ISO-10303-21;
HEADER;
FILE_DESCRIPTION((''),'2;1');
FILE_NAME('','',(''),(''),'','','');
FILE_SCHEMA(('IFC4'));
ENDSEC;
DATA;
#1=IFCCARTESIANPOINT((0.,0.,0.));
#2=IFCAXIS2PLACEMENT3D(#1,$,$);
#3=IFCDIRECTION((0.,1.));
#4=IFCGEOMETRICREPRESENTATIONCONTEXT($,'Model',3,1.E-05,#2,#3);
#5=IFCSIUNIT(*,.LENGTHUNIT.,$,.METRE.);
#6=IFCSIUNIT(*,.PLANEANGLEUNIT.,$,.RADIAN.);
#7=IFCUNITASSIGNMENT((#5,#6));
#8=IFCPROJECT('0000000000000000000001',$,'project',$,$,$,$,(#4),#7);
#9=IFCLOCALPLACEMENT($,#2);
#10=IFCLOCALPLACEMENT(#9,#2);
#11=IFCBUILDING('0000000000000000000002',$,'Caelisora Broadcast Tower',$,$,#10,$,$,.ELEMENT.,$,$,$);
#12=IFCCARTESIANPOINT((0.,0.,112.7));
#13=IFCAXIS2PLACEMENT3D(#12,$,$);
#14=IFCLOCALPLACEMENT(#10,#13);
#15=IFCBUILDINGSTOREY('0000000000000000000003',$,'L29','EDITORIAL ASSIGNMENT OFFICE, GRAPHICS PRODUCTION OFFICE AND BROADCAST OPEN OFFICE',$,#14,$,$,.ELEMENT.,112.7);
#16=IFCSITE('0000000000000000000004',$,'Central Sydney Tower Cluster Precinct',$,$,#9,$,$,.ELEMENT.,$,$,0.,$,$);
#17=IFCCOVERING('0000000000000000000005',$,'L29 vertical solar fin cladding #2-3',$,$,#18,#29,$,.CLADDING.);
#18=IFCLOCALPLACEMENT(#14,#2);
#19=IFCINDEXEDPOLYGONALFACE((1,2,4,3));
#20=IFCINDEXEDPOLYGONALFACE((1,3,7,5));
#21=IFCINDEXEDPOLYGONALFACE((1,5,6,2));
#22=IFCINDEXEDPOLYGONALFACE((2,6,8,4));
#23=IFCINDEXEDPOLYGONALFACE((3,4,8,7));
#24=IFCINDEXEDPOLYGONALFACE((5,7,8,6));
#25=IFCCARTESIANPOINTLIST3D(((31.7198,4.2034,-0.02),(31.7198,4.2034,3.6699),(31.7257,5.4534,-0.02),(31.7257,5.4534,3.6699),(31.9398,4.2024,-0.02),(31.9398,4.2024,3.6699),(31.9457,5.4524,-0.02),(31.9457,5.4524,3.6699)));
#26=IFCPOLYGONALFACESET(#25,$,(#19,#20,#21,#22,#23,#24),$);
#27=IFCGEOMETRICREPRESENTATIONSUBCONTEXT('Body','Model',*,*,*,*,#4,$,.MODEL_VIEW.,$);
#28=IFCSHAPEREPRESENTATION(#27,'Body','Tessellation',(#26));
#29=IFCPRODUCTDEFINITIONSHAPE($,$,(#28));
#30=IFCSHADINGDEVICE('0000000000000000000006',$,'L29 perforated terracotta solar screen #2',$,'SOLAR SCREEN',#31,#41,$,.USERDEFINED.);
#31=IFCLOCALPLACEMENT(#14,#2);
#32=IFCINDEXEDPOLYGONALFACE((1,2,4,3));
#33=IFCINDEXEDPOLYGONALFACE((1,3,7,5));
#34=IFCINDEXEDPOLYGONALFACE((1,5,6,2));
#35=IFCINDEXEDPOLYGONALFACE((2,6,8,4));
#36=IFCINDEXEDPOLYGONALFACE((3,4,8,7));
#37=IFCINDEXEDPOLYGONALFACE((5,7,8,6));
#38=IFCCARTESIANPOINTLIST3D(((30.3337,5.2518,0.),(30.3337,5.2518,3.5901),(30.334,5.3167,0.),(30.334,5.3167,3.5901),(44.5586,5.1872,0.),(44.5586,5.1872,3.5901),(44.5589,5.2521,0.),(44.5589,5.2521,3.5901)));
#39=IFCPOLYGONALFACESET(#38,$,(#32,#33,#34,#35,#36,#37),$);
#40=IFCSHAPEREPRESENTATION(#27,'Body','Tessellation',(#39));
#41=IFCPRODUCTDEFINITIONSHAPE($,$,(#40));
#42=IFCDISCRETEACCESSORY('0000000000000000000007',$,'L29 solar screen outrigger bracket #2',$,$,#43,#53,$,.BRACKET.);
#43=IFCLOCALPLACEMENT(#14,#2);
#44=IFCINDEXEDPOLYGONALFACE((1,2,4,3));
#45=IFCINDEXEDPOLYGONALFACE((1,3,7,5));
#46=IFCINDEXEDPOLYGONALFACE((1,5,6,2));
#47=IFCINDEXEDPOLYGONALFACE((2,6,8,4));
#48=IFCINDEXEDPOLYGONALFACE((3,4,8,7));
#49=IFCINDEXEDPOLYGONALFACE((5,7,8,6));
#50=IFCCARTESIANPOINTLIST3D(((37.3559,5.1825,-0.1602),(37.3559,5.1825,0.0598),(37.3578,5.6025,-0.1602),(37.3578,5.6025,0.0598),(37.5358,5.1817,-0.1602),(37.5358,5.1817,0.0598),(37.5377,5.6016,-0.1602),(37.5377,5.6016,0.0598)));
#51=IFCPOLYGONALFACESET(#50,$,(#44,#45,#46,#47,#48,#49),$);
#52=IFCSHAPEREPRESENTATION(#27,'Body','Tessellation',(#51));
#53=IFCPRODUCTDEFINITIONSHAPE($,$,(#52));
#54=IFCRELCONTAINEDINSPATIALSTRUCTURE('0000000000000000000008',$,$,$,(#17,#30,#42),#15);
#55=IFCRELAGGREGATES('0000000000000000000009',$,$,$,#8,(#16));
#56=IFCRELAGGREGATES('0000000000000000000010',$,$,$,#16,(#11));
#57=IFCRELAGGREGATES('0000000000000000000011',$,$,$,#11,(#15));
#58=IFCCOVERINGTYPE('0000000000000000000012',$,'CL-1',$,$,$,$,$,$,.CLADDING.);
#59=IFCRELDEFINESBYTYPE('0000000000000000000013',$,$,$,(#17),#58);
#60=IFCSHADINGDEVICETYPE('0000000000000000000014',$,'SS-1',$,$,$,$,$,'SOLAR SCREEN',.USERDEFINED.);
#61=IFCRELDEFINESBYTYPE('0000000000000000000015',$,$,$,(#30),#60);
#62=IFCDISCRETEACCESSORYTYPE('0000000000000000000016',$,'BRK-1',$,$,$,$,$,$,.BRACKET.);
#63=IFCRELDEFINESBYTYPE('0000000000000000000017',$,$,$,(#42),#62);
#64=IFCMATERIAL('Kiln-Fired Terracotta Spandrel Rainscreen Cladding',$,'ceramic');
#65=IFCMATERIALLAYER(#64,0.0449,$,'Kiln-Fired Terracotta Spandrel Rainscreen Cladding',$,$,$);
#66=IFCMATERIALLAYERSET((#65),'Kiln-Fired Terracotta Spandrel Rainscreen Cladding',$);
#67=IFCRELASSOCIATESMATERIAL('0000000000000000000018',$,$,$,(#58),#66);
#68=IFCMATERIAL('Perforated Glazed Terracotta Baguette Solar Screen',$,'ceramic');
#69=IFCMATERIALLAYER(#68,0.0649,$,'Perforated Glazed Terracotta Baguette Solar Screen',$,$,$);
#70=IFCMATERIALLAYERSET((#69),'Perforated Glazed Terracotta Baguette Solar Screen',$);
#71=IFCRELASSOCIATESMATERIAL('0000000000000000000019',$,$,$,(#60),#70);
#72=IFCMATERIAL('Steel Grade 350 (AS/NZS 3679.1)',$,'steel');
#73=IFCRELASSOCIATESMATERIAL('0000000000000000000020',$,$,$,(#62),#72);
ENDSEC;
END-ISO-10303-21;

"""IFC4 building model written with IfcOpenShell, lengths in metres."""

from ifc_helpers import new_model, si_unit, direction, frame, origin, origin_2d, place, context, subcontext, project, spatial, rectangle, extrude, source, transform, mapped, material, layer, layer_set, type_object, type_shapes, element, save


model = new_model("IFC4")

# Units and contexts
model_context = context("Model", 3, precision=1e-05, world=origin(), true_north=direction((0.0, 1.0)))
body_context = subcontext(model_context, "Body", "Model", "MODEL_VIEW")
ifc_project = project(units=[si_unit("LENGTHUNIT", "METRE"), si_unit("PLANEANGLEUNIT", "RADIAN")], contexts=[model_context])

# Site, building, storey
site_placement = place(None, origin())
site = spatial("IfcSite", under=ifc_project, at=site_placement, Name="Central Sydney Tower Cluster Precinct", CompositionType="ELEMENT", RefElevation=0.0)
building_placement = place(site_placement, origin())
building = spatial("IfcBuilding", under=site, at=building_placement, Name="Caelisora Broadcast Tower", CompositionType="ELEMENT")
storey_placement = place(building_placement, frame((0.0, 0.0, 112.7)))
storey = spatial("IfcBuildingStorey", under=building, at=storey_placement, Name="L29", Description="EDITORIAL ASSIGNMENT OFFICE, GRAPHICS PRODUCTION OFFICE AND BROADCAST OPEN OFFICE", CompositionType="ELEMENT", Elevation=112.7)

# Shared definitions
ifc_material_1 = material(Name="Steel Grade 350 (AS/NZS 3679.1)", Category="steel")

# Covering
ifc_material_2 = material(Name="Kiln-Fired Terracotta Spandrel Rainscreen Cladding", Category="ceramic")
ifc_layer_1 = layer(ifc_material_2, 0.0449, Name="Kiln-Fired Terracotta Spandrel Rainscreen Cladding")
ifc_layer_set_1 = layer_set([ifc_layer_1], Name="Kiln-Fired Terracotta Spandrel Rainscreen Cladding")
covering_type = type_object("IfcCoveringType", Name="CL-1", PredefinedType="CLADDING", material=ifc_layer_set_1)
shared_shape_1 = source(origin(), body_context, "Body", "SweptSolid", [
    extrude(rectangle(XDim=0.22, YDim=1.25, at=origin_2d()), origin(), (0.0, 0.0, 1.0), 3.6899),
])
type_shapes(covering_type, [shared_shape_1])
covering_placement = place(storey_placement, frame((31.8328, 4.8279, -0.02), z_axis=(0.0, 0.0, 1.0), x_axis=(-0.999989, 0.004712, 0.0)))
element("IfcCovering", 1, at=covering_placement, inside=storey, type_object=covering_type, Name="L29 vertical solar fin cladding #2-3", PredefinedType="CLADDING", context=body_context, shape_type="MappedRepresentation", body=[
    mapped(shared_shape_1, transform((0.0, 0.0, 0.0), scale=1.0)),
])

# Shading device
ifc_material_3 = material(Name="Perforated Glazed Terracotta Baguette Solar Screen", Category="ceramic")
ifc_layer_2 = layer(ifc_material_3, 0.0649, Name="Perforated Glazed Terracotta Baguette Solar Screen")
ifc_layer_set_2 = layer_set([ifc_layer_2], Name="Perforated Glazed Terracotta Baguette Solar Screen")
shading_device_type = type_object("IfcShadingDeviceType", Name="SS-1", ElementType="SOLAR SCREEN", PredefinedType="USERDEFINED", material=ifc_layer_set_2)
shared_shape_2 = source(origin(), body_context, "Body", "SweptSolid", [
    extrude(rectangle(XDim=14.2251, YDim=0.0649, at=origin_2d()), origin(), (0.0, 0.0, 1.0), 3.5901),
])
type_shapes(shading_device_type, [shared_shape_2])
shading_device_placement = place(storey_placement, frame((37.4463, 5.252, 0.0), z_axis=(0.0, 0.0, 1.0), x_axis=(0.99999, -0.004538, 0.0)))
element("IfcShadingDevice", 2, at=shading_device_placement, inside=storey, type_object=shading_device_type, Name="L29 perforated terracotta solar screen #2", ObjectType="SOLAR SCREEN", PredefinedType="USERDEFINED", context=body_context, shape_type="MappedRepresentation", body=[
    mapped(shared_shape_2, transform((0.0, 0.0, 0.0), scale=1.0)),
])

# Discrete accessory
discrete_accessory_type = type_object("IfcDiscreteAccessoryType", Name="BRK-1", PredefinedType="BRACKET", material=ifc_material_1)
shared_shape_3 = source(origin(), body_context, "Body", "SweptSolid", [
    extrude(rectangle(XDim=0.1799, YDim=0.4199, at=origin_2d()), origin(), (0.0, 0.0, 1.0), 0.22),
])
type_shapes(discrete_accessory_type, [shared_shape_3])
discrete_accessory_placement = place(storey_placement, frame((37.4468, 5.3921, -0.1602), z_axis=(0.0, 0.0, 1.0), x_axis=(0.99999, -0.004538, 0.0)))
element("IfcDiscreteAccessory", 3, at=discrete_accessory_placement, inside=storey, type_object=discrete_accessory_type, Name="L29 solar screen outrigger bracket #2", PredefinedType="BRACKET", context=body_context, shape_type="MappedRepresentation", body=[
    mapped(shared_shape_3, transform((0.0, 0.0, 0.0), scale=1.0)),
])

save(model, "model.ifc")
